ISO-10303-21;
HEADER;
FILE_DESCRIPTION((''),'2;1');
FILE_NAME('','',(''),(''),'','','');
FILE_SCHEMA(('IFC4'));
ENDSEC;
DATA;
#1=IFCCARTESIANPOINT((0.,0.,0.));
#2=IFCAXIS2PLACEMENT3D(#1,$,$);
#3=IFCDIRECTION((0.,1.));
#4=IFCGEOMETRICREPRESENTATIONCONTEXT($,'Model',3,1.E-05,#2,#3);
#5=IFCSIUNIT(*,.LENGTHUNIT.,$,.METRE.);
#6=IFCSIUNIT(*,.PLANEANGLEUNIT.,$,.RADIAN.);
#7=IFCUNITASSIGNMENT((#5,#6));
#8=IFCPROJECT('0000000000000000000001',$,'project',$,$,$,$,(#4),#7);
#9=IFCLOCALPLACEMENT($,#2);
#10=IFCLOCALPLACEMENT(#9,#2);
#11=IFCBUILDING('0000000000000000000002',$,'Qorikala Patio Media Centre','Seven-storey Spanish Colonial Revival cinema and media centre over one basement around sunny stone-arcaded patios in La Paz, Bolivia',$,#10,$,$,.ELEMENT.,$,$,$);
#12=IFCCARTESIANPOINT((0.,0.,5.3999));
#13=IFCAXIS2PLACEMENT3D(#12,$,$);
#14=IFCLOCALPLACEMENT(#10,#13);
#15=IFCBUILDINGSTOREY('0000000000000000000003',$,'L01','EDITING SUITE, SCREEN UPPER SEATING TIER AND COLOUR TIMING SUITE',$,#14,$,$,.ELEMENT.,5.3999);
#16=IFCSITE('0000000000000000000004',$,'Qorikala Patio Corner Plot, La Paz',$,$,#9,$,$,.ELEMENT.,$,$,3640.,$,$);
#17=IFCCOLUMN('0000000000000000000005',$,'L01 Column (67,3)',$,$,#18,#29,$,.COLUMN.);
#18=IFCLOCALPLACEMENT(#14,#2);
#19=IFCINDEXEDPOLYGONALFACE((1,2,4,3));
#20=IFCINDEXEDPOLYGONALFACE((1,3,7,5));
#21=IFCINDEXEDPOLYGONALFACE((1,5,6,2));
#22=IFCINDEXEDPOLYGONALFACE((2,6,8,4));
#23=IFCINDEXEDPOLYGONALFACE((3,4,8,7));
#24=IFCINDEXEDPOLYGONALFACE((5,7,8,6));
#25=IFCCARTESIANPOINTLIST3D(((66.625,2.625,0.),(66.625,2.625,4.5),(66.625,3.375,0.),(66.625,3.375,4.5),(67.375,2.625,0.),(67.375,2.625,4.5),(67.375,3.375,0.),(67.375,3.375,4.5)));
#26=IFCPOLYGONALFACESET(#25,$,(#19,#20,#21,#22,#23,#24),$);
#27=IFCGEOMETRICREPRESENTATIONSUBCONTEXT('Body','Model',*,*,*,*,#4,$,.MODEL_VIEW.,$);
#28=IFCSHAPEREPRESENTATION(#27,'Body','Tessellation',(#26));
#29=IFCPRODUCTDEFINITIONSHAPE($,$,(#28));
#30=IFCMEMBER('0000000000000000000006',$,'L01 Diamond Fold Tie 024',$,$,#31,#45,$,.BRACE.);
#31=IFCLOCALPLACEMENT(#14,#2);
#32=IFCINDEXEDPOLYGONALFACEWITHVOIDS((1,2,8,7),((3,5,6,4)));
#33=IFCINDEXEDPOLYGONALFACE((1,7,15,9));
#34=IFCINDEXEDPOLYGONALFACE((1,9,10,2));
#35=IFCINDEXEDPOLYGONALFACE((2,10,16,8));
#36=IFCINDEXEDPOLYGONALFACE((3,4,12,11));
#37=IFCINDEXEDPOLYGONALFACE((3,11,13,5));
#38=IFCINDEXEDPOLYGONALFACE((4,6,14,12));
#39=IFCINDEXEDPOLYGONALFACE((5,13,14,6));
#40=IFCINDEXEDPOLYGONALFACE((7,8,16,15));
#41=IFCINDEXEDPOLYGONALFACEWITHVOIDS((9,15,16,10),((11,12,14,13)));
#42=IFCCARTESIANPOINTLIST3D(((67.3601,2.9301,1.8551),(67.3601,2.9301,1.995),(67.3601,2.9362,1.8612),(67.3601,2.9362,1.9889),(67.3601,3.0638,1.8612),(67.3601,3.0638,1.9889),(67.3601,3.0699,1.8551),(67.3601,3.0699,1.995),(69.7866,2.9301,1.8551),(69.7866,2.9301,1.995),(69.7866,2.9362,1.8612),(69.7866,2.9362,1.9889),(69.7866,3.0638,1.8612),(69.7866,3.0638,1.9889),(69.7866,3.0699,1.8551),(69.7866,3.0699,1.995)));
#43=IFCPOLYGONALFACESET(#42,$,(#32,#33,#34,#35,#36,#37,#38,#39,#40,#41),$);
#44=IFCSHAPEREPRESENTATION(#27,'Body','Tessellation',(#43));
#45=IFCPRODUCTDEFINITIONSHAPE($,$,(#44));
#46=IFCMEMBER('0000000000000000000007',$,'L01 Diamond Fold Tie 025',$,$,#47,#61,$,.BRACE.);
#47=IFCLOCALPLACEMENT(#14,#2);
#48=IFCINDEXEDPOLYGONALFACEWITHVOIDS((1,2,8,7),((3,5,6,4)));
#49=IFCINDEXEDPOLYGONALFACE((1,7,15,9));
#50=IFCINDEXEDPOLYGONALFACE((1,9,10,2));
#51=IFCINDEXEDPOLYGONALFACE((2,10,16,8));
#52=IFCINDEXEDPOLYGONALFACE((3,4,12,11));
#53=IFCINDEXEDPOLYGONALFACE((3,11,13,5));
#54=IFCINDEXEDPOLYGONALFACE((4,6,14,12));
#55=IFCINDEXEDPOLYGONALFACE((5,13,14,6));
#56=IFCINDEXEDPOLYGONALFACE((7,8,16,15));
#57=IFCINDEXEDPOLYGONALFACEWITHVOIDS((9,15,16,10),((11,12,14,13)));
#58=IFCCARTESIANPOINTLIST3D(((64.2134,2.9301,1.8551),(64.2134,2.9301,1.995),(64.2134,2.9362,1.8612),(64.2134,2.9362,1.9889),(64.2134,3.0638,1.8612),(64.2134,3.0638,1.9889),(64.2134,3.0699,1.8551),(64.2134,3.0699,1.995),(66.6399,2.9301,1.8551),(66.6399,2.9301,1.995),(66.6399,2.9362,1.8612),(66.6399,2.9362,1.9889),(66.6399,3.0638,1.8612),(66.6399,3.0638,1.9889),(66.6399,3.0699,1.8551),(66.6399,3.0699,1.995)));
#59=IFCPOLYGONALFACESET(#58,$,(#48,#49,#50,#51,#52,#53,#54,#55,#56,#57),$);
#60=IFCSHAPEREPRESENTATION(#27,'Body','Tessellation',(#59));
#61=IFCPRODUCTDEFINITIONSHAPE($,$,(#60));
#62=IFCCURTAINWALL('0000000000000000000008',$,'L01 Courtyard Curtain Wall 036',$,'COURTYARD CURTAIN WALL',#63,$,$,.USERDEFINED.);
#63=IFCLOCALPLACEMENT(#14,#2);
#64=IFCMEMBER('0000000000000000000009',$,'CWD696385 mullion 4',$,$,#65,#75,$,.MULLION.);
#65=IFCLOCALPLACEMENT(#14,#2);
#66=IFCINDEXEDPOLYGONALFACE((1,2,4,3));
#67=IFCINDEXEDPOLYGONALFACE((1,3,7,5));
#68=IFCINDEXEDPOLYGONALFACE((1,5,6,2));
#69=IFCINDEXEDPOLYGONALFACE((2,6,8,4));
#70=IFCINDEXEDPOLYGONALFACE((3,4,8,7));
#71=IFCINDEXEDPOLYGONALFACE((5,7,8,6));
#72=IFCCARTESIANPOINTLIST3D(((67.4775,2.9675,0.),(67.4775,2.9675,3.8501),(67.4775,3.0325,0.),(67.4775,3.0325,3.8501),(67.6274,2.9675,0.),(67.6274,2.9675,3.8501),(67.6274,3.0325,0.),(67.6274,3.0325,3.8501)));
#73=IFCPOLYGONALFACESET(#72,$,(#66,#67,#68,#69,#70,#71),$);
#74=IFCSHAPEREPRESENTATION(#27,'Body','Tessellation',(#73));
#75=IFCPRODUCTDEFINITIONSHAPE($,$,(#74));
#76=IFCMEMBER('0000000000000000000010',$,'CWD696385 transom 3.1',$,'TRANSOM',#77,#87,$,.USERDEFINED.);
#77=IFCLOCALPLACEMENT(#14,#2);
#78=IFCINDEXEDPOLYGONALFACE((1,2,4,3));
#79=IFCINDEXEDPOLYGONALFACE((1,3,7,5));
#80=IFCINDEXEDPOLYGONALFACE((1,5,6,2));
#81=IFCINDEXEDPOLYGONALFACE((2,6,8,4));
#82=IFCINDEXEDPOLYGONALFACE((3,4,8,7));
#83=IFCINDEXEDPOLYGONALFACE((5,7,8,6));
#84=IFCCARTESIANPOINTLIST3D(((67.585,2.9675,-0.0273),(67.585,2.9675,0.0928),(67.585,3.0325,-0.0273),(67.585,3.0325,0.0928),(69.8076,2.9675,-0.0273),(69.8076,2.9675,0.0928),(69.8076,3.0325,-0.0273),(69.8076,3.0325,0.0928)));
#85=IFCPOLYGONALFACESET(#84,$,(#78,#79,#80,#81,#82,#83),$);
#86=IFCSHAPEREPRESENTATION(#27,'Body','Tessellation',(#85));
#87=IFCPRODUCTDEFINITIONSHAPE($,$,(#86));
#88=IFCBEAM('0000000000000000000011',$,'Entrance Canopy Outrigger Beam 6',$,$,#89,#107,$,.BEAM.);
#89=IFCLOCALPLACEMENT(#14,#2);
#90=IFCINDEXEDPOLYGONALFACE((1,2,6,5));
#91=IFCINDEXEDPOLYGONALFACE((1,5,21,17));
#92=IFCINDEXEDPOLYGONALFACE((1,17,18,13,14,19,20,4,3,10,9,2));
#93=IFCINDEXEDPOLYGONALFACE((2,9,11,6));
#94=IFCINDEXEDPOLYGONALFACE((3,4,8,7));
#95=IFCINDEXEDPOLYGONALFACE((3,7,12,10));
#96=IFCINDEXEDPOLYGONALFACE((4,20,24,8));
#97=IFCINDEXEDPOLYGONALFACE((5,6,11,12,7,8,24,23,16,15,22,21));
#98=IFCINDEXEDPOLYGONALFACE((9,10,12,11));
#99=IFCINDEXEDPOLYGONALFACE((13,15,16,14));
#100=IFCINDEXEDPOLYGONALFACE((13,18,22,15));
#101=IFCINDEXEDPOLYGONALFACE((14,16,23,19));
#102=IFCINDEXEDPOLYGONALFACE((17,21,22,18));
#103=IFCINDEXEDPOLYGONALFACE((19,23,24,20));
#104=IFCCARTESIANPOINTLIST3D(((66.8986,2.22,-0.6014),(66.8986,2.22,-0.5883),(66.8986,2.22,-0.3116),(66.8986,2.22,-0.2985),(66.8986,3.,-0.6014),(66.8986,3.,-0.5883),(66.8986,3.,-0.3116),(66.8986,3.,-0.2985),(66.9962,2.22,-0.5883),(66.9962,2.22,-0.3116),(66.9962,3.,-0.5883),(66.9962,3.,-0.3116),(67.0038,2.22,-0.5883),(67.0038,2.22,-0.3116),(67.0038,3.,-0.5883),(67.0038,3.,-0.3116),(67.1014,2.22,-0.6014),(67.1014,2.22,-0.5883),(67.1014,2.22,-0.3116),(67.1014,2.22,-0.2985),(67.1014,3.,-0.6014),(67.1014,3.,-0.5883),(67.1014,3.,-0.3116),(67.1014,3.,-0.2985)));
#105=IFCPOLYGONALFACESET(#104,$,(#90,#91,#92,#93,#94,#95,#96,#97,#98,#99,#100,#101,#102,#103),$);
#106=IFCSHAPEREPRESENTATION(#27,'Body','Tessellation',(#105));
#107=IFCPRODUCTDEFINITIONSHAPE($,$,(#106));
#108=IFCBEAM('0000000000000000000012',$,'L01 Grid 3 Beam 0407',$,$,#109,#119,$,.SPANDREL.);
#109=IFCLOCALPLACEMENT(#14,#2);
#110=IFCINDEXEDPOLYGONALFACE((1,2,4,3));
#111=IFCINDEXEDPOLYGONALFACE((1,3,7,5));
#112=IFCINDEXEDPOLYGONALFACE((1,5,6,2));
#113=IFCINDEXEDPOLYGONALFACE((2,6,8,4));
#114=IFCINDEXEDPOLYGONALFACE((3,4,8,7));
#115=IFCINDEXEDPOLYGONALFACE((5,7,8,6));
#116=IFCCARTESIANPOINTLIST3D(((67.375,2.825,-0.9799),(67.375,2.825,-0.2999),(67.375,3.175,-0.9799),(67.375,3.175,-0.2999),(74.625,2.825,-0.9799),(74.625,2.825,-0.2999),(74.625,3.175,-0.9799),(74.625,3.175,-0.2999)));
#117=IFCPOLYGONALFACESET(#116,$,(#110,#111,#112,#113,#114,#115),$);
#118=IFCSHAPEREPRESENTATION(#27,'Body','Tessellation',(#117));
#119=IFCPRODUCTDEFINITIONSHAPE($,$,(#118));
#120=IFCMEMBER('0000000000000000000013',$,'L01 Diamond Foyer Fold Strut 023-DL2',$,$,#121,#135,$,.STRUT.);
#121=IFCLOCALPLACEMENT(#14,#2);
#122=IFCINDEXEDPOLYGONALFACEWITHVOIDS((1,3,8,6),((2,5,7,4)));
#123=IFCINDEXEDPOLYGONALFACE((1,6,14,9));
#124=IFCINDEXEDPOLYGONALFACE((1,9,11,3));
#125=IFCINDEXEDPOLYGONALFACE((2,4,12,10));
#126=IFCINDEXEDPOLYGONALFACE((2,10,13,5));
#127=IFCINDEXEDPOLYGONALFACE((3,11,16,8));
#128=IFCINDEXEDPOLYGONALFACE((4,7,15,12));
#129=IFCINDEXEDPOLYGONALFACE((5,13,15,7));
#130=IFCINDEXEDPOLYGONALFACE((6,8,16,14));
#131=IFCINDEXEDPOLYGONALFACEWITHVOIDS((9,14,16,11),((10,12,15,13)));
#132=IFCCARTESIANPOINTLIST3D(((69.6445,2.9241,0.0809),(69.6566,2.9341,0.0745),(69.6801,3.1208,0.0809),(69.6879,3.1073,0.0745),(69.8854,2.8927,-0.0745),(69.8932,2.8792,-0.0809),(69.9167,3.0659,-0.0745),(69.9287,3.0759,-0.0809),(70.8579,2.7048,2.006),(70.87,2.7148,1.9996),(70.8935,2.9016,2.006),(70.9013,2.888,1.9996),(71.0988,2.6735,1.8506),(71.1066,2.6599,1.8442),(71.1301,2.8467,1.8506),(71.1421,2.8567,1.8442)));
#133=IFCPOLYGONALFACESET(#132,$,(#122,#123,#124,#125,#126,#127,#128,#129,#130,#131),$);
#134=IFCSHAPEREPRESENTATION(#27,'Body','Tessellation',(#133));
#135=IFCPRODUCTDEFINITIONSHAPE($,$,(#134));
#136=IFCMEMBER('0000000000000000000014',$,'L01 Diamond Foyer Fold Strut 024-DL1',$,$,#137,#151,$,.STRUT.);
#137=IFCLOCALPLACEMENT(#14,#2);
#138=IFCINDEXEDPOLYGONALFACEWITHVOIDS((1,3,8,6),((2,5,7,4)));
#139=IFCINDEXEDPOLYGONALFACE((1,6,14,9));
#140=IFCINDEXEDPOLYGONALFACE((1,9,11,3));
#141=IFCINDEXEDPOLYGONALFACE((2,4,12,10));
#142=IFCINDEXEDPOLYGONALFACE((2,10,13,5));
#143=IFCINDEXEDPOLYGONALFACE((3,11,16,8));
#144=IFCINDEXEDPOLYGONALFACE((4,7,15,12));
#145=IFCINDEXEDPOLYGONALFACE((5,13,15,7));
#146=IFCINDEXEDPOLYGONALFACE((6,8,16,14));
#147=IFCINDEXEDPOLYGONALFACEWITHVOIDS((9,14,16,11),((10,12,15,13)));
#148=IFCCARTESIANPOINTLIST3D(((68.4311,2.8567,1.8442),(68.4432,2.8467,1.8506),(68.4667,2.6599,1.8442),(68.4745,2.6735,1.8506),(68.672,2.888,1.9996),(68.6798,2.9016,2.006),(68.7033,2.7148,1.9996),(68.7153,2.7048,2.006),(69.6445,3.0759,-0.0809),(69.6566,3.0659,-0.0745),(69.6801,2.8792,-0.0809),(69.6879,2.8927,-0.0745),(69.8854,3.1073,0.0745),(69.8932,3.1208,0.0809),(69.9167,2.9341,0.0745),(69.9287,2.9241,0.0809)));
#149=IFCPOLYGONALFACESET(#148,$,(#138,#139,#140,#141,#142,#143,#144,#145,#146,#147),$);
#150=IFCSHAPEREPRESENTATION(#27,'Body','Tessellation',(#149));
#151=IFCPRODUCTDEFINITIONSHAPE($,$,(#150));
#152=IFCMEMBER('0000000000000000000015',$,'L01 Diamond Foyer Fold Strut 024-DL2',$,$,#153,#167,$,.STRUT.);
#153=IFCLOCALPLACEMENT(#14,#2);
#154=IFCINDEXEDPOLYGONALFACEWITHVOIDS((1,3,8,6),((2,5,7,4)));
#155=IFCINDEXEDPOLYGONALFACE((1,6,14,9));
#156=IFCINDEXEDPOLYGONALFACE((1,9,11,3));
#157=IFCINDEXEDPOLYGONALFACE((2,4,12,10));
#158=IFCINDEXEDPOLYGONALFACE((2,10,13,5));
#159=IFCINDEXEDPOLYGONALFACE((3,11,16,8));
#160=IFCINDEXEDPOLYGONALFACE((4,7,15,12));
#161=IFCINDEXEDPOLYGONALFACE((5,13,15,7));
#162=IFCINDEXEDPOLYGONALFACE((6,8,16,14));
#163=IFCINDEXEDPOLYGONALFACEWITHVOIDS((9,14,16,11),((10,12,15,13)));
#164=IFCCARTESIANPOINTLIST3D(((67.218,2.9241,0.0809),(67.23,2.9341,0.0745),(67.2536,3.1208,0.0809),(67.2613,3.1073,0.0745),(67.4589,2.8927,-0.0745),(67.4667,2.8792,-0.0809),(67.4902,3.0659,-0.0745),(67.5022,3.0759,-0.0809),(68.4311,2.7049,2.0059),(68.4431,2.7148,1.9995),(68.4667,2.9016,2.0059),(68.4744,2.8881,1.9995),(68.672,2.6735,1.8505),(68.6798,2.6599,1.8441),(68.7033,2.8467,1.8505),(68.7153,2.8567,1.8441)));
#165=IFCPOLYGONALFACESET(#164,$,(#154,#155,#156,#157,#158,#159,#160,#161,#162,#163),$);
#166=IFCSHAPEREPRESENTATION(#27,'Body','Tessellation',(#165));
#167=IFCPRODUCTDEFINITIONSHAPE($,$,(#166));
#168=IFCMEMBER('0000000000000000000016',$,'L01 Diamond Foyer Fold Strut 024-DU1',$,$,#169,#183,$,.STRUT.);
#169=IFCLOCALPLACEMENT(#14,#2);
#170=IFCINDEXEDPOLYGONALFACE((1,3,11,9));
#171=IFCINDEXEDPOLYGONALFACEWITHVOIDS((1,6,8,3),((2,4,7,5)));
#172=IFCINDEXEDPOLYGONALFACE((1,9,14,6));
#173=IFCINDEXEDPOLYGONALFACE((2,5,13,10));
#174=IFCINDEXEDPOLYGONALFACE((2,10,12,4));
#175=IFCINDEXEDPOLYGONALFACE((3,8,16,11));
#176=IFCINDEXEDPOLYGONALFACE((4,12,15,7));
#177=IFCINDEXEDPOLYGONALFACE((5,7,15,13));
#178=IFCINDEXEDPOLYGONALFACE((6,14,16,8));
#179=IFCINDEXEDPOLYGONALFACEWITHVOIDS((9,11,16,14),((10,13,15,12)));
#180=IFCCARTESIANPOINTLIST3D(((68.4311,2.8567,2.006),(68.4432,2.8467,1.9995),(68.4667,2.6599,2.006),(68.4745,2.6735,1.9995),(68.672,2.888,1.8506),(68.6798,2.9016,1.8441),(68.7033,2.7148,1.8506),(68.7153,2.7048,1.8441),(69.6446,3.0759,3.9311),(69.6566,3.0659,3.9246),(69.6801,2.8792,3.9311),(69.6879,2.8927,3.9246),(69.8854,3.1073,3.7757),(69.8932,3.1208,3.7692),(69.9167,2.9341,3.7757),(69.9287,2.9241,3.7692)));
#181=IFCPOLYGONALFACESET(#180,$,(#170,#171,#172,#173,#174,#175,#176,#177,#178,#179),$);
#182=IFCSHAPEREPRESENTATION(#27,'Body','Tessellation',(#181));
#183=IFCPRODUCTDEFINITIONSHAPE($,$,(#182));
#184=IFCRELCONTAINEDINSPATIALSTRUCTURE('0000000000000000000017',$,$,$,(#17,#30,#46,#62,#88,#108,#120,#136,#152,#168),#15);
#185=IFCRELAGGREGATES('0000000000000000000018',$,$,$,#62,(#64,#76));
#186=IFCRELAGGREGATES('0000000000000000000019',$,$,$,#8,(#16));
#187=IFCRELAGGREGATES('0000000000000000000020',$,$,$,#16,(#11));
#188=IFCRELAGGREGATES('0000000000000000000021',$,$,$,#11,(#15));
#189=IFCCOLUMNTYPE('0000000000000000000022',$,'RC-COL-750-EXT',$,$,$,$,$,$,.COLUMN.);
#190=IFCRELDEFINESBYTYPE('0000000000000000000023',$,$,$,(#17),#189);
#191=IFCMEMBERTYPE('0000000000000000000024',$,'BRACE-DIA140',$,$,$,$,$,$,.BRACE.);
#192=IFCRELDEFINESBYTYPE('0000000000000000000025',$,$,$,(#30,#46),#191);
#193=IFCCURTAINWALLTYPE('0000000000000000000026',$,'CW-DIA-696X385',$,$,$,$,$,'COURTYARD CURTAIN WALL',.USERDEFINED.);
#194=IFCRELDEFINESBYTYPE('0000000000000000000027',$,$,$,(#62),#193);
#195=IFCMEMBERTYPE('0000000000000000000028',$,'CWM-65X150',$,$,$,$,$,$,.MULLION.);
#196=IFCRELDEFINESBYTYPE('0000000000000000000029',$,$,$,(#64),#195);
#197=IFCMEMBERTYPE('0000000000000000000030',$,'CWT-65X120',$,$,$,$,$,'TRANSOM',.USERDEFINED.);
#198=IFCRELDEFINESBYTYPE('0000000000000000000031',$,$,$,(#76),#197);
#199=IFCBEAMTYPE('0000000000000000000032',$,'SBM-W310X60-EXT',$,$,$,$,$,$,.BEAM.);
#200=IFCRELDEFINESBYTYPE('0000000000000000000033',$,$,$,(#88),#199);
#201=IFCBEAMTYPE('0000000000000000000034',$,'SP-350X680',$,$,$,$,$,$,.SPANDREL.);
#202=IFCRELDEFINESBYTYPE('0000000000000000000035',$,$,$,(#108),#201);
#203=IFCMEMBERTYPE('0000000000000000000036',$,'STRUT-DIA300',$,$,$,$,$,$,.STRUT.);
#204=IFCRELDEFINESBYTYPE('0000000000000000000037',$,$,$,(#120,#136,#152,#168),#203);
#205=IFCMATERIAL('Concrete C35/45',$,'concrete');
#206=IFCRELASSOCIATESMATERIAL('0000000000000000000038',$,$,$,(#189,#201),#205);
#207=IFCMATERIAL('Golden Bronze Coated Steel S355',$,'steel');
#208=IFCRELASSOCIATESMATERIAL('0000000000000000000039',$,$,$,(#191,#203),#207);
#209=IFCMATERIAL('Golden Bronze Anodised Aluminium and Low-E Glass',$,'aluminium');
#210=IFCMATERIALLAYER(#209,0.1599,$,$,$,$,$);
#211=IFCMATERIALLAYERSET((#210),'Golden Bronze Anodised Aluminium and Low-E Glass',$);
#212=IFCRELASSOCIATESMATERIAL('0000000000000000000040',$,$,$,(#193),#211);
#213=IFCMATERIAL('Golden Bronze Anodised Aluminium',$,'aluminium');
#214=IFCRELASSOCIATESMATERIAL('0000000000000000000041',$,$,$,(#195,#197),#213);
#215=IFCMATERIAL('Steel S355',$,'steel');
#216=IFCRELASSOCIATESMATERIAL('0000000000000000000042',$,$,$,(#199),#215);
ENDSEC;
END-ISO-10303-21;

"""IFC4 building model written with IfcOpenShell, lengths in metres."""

from ifc_helpers import new_model, si_unit, direction, frame, origin, origin_2d, place, context, subcontext, project, spatial, rectangle, hollow_rectangle, i_section, extrude, material, layer, layer_set, material_profile, profile_set, type_object, element, aggregate, save


model = new_model("IFC4")

# Units and contexts
model_context = context("Model", 3, precision=1e-05, world=origin(), true_north=direction((0.0, 1.0)))
body_context = subcontext(model_context, "Body", "Model", "MODEL_VIEW")
ifc_project = project(units=[si_unit("LENGTHUNIT", "METRE"), si_unit("PLANEANGLEUNIT", "RADIAN")], contexts=[model_context])

# Site, building, storey
site_placement = place(None, origin())
site = spatial("IfcSite", under=ifc_project, at=site_placement, Name="Qorikala Patio Corner Plot, La Paz", CompositionType="ELEMENT", RefElevation=3640.0)
building_placement = place(site_placement, origin())
building = spatial("IfcBuilding", under=site, at=building_placement, Name="Qorikala Patio Media Centre", Description="Seven-storey Spanish Colonial Revival cinema and media centre over one basement around sunny stone-arcaded patios in La Paz, Bolivia", CompositionType="ELEMENT")
storey_placement = place(building_placement, frame((0.0, 0.0, 5.3999)))
storey = spatial("IfcBuildingStorey", under=building, at=storey_placement, Name="L01", Description="EDITING SUITE, SCREEN UPPER SEATING TIER AND COLOUR TIMING SUITE", CompositionType="ELEMENT", Elevation=5.3999)

# Column
ifc_material_1 = material(Name="Concrete C35/45", Category="concrete")
ifc_material_profile_1 = material_profile(ifc_material_1, rectangle(XDim=0.75, YDim=0.75, at=origin_2d()), Name="RC 750x750")
ifc_profile_set_1 = profile_set([ifc_material_profile_1], Name="Concrete C35/45")
column_type = type_object("IfcColumnType", Name="RC-COL-750-EXT", PredefinedType="COLUMN", material=ifc_profile_set_1)
column_placement = place(storey_placement, frame((67.0, 3.0, 0.0), z_axis=(0.0, 0.0, 1.0), x_axis=(1.0, 0.0, 0.0)))
element("IfcColumn", 1, at=column_placement, inside=storey, type_object=column_type, Name="L01 Column (67,3)", PredefinedType="COLUMN", context=body_context, shape_type="SweptSolid", body=[
    extrude(rectangle(XDim=0.75, YDim=0.75, at=origin_2d()), origin(), (0.0, 0.0, 1.0), 4.5),
])

# Members
ifc_material_2 = material(Name="Golden Bronze Coated Steel S355", Category="steel")
ifc_material_profile_2 = material_profile(ifc_material_2, hollow_rectangle(XDim=0.1399, YDim=0.1399, WallThickness=0.0061, at=origin_2d()), Name="HSS140X140X6")
ifc_profile_set_2 = profile_set([ifc_material_profile_2], Name="Golden Bronze Coated Steel S355")
member_type_1 = type_object("IfcMemberType", Name="BRACE-DIA140", PredefinedType="BRACE", material=ifc_profile_set_2)
for number, where, z_axis, x_axis, name in (
    (2, (69.7866, 3.0, 1.925), (-1.0, 0.0, 0.0), (0.0, -1.0, 0.0), "L01 Diamond Fold Tie 024"),
    (3, (66.6399, 3.0, 1.925), (-1.0, 0.0, 0.0), (0.0, -1.0, 0.0), "L01 Diamond Fold Tie 025"),
):
    element("IfcMember", number, at=place(storey_placement, frame(where, z_axis=z_axis, x_axis=x_axis)), inside=storey, type_object=member_type_1, Name=name, PredefinedType="BRACE", context=body_context, shape_type="SweptSolid", body=[
        extrude(hollow_rectangle(XDim=0.1399, YDim=0.1399, WallThickness=0.0061, at=origin_2d()), origin(), (0.0, 0.0, 1.0), 2.4265),
    ])

# Curtain wall, members
ifc_material_3 = material(Name="Golden Bronze Anodised Aluminium and Low-E Glass", Category="aluminium")
ifc_layer_1 = layer(ifc_material_3, 0.1599)
ifc_layer_set_1 = layer_set([ifc_layer_1], Name="Golden Bronze Anodised Aluminium and Low-E Glass")
curtain_wall_type = type_object("IfcCurtainWallType", Name="CW-DIA-696X385", ElementType="COURTYARD CURTAIN WALL", PredefinedType="USERDEFINED", material=ifc_layer_set_1)
curtain_wall_placement = place(storey_placement, origin())
curtain_wall = element("IfcCurtainWall", 4, at=curtain_wall_placement, inside=storey, type_object=curtain_wall_type, Name="L01 Courtyard Curtain Wall 036", ObjectType="COURTYARD CURTAIN WALL", PredefinedType="USERDEFINED")
ifc_material_4 = material(Name="Golden Bronze Anodised Aluminium", Category="aluminium")
ifc_material_profile_3 = material_profile(ifc_material_4, rectangle(XDim=0.0649, YDim=0.1499, at=origin_2d()), Name="ALU MULLION 65x150")
ifc_profile_set_3 = profile_set([ifc_material_profile_3], Name="Golden Bronze Anodised Aluminium")
member_type_2 = type_object("IfcMemberType", Name="CWM-65X150", PredefinedType="MULLION", material=ifc_profile_set_3)
member_1_placement = place(storey_placement, frame((67.5525, 3.0, 0.0), z_axis=(0.0, 0.0, 1.0), x_axis=(0.0, -1.0, 0.0)))
member_1 = element("IfcMember", 5, at=member_1_placement, type_object=member_type_2, Name="CWD696385 mullion 4", PredefinedType="MULLION", context=body_context, shape_type="SweptSolid", body=[
    extrude(rectangle(XDim=0.0649, YDim=0.1499, at=origin_2d()), origin(), (0.0, 0.0, 1.0), 3.8501),
])
ifc_material_profile_4 = material_profile(ifc_material_4, rectangle(XDim=0.0649, YDim=0.1201, at=origin_2d()), Name="ALU TRANSOM 65x120")
ifc_profile_set_4 = profile_set([ifc_material_profile_4], Name="Golden Bronze Anodised Aluminium")
member_type_3 = type_object("IfcMemberType", Name="CWT-65X120", ElementType="TRANSOM", PredefinedType="USERDEFINED", material=ifc_profile_set_4)
member_2_placement = place(storey_placement, frame((69.8076, 3.0, 0.0327), z_axis=(-1.0, 0.0, 0.0), x_axis=(0.0, -1.0, 0.0)))
member_2 = element("IfcMember", 6, at=member_2_placement, type_object=member_type_3, Name="CWD696385 transom 3.1", ObjectType="TRANSOM", PredefinedType="USERDEFINED", context=body_context, shape_type="SweptSolid", body=[
    extrude(rectangle(XDim=0.0649, YDim=0.1201, at=origin_2d()), origin(), (0.0, 0.0, 1.0), 2.2227),
])

# Beams
ifc_material_5 = material(Name="Steel S355", Category="steel")
ifc_material_profile_5 = material_profile(ifc_material_5, i_section(OverallWidth=0.2029, OverallDepth=0.303, WebThickness=0.0076, FlangeThickness=0.0132, at=origin_2d()), Name="W310X60")
ifc_profile_set_5 = profile_set([ifc_material_profile_5], Name="Steel S355")
beam_type_1 = type_object("IfcBeamType", Name="SBM-W310X60-EXT", PredefinedType="BEAM", material=ifc_profile_set_5)
beam_1_placement = place(storey_placement, frame((67.0, 2.22, -0.45), z_axis=(0.0, 1.0, 0.0), x_axis=(-1.0, 0.0, 0.0)))
element("IfcBeam", 7, at=beam_1_placement, inside=storey, type_object=beam_type_1, Name="Entrance Canopy Outrigger Beam 6", PredefinedType="BEAM", context=body_context, shape_type="SweptSolid", body=[
    extrude(i_section(OverallWidth=0.2029, OverallDepth=0.303, WebThickness=0.0076, FlangeThickness=0.0132, at=origin_2d()), origin(), (0.0, 0.0, 1.0), 0.78),
])
ifc_material_profile_6 = material_profile(ifc_material_1, rectangle(XDim=0.3501, YDim=0.6799, at=origin_2d()), Name="RC 350x680")
ifc_profile_set_6 = profile_set([ifc_material_profile_6], Name="Concrete C35/45")
beam_type_2 = type_object("IfcBeamType", Name="SP-350X680", PredefinedType="SPANDREL", material=ifc_profile_set_6)
beam_2_placement = place(storey_placement, frame((67.375, 3.0, -0.6399), z_axis=(1.0, 0.0, 0.0), x_axis=(0.0, 1.0, 0.0)))
element("IfcBeam", 8, at=beam_2_placement, inside=storey, type_object=beam_type_2, Name="L01 Grid 3 Beam 0407", PredefinedType="SPANDREL", context=body_context, shape_type="SweptSolid", body=[
    extrude(rectangle(XDim=0.3501, YDim=0.6799, at=origin_2d()), origin(), (0.0, 0.0, 1.0), 7.25),
])

# Members
ifc_material_profile_7 = material_profile(ifc_material_2, hollow_rectangle(XDim=0.2, YDim=0.3, WallThickness=0.012, at=origin_2d()), Name="HSS300X200X12")
ifc_profile_set_7 = profile_set([ifc_material_profile_7], Name="Golden Bronze Coated Steel S355")
member_type_4 = type_object("IfcMemberType", Name="STRUT-DIA300", PredefinedType="STRUT", material=ifc_profile_set_7)
for number, where, z_axis, x_axis, name in (
    (9, (69.7866, 3.0, 0.0), (0.530768, -0.095901, 0.842074), (0.177805, 0.984066, 0.0), "L01 Diamond Foyer Fold Strut 023-DL2"),
    (10, (69.7866, 3.0, 0.0), (-0.530768, -0.095901, 0.842074), (0.177805, -0.984066, 0.0), "L01 Diamond Foyer Fold Strut 024-DL1"),
):
    element("IfcMember", number, at=place(storey_placement, frame(where, z_axis=z_axis, x_axis=x_axis)), inside=storey, type_object=member_type_4, Name=name, PredefinedType="STRUT", context=body_context, shape_type="SweptSolid", body=[
        extrude(hollow_rectangle(XDim=0.2, YDim=0.3, WallThickness=0.012, at=origin_2d()), origin(), (0.0, 0.0, 1.0), 2.2861),
    ])
member_3_placement = place(storey_placement, frame((67.3601, 3.0, 0.0), z_axis=(0.530691, -0.095907, 0.842121), x_axis=(0.17784, 0.984059, 0.0)))
element("IfcMember", 11, at=member_3_placement, inside=storey, type_object=member_type_4, Name="L01 Diamond Foyer Fold Strut 024-DL2", PredefinedType="STRUT", context=body_context, shape_type="SweptSolid", body=[
    extrude(hollow_rectangle(XDim=0.2, YDim=0.3, WallThickness=0.012, at=origin_2d()), origin(), (0.0, 0.0, 1.0), 2.2859),
])
member_4_placement = place(storey_placement, frame((68.5732, 2.7808, 1.925), z_axis=(0.530768, 0.095901, 0.842074), x_axis=(-0.177805, 0.984066, 0.0)))
element("IfcMember", 12, at=member_4_placement, inside=storey, type_object=member_type_4, Name="L01 Diamond Foyer Fold Strut 024-DU1", PredefinedType="STRUT", context=body_context, shape_type="SweptSolid", body=[
    extrude(hollow_rectangle(XDim=0.2, YDim=0.3, WallThickness=0.012, at=origin_2d()), origin(), (0.0, 0.0, 1.0), 2.2861),
])

aggregate(curtain_wall, [member_1, member_2])

save(model, "model.ifc")
